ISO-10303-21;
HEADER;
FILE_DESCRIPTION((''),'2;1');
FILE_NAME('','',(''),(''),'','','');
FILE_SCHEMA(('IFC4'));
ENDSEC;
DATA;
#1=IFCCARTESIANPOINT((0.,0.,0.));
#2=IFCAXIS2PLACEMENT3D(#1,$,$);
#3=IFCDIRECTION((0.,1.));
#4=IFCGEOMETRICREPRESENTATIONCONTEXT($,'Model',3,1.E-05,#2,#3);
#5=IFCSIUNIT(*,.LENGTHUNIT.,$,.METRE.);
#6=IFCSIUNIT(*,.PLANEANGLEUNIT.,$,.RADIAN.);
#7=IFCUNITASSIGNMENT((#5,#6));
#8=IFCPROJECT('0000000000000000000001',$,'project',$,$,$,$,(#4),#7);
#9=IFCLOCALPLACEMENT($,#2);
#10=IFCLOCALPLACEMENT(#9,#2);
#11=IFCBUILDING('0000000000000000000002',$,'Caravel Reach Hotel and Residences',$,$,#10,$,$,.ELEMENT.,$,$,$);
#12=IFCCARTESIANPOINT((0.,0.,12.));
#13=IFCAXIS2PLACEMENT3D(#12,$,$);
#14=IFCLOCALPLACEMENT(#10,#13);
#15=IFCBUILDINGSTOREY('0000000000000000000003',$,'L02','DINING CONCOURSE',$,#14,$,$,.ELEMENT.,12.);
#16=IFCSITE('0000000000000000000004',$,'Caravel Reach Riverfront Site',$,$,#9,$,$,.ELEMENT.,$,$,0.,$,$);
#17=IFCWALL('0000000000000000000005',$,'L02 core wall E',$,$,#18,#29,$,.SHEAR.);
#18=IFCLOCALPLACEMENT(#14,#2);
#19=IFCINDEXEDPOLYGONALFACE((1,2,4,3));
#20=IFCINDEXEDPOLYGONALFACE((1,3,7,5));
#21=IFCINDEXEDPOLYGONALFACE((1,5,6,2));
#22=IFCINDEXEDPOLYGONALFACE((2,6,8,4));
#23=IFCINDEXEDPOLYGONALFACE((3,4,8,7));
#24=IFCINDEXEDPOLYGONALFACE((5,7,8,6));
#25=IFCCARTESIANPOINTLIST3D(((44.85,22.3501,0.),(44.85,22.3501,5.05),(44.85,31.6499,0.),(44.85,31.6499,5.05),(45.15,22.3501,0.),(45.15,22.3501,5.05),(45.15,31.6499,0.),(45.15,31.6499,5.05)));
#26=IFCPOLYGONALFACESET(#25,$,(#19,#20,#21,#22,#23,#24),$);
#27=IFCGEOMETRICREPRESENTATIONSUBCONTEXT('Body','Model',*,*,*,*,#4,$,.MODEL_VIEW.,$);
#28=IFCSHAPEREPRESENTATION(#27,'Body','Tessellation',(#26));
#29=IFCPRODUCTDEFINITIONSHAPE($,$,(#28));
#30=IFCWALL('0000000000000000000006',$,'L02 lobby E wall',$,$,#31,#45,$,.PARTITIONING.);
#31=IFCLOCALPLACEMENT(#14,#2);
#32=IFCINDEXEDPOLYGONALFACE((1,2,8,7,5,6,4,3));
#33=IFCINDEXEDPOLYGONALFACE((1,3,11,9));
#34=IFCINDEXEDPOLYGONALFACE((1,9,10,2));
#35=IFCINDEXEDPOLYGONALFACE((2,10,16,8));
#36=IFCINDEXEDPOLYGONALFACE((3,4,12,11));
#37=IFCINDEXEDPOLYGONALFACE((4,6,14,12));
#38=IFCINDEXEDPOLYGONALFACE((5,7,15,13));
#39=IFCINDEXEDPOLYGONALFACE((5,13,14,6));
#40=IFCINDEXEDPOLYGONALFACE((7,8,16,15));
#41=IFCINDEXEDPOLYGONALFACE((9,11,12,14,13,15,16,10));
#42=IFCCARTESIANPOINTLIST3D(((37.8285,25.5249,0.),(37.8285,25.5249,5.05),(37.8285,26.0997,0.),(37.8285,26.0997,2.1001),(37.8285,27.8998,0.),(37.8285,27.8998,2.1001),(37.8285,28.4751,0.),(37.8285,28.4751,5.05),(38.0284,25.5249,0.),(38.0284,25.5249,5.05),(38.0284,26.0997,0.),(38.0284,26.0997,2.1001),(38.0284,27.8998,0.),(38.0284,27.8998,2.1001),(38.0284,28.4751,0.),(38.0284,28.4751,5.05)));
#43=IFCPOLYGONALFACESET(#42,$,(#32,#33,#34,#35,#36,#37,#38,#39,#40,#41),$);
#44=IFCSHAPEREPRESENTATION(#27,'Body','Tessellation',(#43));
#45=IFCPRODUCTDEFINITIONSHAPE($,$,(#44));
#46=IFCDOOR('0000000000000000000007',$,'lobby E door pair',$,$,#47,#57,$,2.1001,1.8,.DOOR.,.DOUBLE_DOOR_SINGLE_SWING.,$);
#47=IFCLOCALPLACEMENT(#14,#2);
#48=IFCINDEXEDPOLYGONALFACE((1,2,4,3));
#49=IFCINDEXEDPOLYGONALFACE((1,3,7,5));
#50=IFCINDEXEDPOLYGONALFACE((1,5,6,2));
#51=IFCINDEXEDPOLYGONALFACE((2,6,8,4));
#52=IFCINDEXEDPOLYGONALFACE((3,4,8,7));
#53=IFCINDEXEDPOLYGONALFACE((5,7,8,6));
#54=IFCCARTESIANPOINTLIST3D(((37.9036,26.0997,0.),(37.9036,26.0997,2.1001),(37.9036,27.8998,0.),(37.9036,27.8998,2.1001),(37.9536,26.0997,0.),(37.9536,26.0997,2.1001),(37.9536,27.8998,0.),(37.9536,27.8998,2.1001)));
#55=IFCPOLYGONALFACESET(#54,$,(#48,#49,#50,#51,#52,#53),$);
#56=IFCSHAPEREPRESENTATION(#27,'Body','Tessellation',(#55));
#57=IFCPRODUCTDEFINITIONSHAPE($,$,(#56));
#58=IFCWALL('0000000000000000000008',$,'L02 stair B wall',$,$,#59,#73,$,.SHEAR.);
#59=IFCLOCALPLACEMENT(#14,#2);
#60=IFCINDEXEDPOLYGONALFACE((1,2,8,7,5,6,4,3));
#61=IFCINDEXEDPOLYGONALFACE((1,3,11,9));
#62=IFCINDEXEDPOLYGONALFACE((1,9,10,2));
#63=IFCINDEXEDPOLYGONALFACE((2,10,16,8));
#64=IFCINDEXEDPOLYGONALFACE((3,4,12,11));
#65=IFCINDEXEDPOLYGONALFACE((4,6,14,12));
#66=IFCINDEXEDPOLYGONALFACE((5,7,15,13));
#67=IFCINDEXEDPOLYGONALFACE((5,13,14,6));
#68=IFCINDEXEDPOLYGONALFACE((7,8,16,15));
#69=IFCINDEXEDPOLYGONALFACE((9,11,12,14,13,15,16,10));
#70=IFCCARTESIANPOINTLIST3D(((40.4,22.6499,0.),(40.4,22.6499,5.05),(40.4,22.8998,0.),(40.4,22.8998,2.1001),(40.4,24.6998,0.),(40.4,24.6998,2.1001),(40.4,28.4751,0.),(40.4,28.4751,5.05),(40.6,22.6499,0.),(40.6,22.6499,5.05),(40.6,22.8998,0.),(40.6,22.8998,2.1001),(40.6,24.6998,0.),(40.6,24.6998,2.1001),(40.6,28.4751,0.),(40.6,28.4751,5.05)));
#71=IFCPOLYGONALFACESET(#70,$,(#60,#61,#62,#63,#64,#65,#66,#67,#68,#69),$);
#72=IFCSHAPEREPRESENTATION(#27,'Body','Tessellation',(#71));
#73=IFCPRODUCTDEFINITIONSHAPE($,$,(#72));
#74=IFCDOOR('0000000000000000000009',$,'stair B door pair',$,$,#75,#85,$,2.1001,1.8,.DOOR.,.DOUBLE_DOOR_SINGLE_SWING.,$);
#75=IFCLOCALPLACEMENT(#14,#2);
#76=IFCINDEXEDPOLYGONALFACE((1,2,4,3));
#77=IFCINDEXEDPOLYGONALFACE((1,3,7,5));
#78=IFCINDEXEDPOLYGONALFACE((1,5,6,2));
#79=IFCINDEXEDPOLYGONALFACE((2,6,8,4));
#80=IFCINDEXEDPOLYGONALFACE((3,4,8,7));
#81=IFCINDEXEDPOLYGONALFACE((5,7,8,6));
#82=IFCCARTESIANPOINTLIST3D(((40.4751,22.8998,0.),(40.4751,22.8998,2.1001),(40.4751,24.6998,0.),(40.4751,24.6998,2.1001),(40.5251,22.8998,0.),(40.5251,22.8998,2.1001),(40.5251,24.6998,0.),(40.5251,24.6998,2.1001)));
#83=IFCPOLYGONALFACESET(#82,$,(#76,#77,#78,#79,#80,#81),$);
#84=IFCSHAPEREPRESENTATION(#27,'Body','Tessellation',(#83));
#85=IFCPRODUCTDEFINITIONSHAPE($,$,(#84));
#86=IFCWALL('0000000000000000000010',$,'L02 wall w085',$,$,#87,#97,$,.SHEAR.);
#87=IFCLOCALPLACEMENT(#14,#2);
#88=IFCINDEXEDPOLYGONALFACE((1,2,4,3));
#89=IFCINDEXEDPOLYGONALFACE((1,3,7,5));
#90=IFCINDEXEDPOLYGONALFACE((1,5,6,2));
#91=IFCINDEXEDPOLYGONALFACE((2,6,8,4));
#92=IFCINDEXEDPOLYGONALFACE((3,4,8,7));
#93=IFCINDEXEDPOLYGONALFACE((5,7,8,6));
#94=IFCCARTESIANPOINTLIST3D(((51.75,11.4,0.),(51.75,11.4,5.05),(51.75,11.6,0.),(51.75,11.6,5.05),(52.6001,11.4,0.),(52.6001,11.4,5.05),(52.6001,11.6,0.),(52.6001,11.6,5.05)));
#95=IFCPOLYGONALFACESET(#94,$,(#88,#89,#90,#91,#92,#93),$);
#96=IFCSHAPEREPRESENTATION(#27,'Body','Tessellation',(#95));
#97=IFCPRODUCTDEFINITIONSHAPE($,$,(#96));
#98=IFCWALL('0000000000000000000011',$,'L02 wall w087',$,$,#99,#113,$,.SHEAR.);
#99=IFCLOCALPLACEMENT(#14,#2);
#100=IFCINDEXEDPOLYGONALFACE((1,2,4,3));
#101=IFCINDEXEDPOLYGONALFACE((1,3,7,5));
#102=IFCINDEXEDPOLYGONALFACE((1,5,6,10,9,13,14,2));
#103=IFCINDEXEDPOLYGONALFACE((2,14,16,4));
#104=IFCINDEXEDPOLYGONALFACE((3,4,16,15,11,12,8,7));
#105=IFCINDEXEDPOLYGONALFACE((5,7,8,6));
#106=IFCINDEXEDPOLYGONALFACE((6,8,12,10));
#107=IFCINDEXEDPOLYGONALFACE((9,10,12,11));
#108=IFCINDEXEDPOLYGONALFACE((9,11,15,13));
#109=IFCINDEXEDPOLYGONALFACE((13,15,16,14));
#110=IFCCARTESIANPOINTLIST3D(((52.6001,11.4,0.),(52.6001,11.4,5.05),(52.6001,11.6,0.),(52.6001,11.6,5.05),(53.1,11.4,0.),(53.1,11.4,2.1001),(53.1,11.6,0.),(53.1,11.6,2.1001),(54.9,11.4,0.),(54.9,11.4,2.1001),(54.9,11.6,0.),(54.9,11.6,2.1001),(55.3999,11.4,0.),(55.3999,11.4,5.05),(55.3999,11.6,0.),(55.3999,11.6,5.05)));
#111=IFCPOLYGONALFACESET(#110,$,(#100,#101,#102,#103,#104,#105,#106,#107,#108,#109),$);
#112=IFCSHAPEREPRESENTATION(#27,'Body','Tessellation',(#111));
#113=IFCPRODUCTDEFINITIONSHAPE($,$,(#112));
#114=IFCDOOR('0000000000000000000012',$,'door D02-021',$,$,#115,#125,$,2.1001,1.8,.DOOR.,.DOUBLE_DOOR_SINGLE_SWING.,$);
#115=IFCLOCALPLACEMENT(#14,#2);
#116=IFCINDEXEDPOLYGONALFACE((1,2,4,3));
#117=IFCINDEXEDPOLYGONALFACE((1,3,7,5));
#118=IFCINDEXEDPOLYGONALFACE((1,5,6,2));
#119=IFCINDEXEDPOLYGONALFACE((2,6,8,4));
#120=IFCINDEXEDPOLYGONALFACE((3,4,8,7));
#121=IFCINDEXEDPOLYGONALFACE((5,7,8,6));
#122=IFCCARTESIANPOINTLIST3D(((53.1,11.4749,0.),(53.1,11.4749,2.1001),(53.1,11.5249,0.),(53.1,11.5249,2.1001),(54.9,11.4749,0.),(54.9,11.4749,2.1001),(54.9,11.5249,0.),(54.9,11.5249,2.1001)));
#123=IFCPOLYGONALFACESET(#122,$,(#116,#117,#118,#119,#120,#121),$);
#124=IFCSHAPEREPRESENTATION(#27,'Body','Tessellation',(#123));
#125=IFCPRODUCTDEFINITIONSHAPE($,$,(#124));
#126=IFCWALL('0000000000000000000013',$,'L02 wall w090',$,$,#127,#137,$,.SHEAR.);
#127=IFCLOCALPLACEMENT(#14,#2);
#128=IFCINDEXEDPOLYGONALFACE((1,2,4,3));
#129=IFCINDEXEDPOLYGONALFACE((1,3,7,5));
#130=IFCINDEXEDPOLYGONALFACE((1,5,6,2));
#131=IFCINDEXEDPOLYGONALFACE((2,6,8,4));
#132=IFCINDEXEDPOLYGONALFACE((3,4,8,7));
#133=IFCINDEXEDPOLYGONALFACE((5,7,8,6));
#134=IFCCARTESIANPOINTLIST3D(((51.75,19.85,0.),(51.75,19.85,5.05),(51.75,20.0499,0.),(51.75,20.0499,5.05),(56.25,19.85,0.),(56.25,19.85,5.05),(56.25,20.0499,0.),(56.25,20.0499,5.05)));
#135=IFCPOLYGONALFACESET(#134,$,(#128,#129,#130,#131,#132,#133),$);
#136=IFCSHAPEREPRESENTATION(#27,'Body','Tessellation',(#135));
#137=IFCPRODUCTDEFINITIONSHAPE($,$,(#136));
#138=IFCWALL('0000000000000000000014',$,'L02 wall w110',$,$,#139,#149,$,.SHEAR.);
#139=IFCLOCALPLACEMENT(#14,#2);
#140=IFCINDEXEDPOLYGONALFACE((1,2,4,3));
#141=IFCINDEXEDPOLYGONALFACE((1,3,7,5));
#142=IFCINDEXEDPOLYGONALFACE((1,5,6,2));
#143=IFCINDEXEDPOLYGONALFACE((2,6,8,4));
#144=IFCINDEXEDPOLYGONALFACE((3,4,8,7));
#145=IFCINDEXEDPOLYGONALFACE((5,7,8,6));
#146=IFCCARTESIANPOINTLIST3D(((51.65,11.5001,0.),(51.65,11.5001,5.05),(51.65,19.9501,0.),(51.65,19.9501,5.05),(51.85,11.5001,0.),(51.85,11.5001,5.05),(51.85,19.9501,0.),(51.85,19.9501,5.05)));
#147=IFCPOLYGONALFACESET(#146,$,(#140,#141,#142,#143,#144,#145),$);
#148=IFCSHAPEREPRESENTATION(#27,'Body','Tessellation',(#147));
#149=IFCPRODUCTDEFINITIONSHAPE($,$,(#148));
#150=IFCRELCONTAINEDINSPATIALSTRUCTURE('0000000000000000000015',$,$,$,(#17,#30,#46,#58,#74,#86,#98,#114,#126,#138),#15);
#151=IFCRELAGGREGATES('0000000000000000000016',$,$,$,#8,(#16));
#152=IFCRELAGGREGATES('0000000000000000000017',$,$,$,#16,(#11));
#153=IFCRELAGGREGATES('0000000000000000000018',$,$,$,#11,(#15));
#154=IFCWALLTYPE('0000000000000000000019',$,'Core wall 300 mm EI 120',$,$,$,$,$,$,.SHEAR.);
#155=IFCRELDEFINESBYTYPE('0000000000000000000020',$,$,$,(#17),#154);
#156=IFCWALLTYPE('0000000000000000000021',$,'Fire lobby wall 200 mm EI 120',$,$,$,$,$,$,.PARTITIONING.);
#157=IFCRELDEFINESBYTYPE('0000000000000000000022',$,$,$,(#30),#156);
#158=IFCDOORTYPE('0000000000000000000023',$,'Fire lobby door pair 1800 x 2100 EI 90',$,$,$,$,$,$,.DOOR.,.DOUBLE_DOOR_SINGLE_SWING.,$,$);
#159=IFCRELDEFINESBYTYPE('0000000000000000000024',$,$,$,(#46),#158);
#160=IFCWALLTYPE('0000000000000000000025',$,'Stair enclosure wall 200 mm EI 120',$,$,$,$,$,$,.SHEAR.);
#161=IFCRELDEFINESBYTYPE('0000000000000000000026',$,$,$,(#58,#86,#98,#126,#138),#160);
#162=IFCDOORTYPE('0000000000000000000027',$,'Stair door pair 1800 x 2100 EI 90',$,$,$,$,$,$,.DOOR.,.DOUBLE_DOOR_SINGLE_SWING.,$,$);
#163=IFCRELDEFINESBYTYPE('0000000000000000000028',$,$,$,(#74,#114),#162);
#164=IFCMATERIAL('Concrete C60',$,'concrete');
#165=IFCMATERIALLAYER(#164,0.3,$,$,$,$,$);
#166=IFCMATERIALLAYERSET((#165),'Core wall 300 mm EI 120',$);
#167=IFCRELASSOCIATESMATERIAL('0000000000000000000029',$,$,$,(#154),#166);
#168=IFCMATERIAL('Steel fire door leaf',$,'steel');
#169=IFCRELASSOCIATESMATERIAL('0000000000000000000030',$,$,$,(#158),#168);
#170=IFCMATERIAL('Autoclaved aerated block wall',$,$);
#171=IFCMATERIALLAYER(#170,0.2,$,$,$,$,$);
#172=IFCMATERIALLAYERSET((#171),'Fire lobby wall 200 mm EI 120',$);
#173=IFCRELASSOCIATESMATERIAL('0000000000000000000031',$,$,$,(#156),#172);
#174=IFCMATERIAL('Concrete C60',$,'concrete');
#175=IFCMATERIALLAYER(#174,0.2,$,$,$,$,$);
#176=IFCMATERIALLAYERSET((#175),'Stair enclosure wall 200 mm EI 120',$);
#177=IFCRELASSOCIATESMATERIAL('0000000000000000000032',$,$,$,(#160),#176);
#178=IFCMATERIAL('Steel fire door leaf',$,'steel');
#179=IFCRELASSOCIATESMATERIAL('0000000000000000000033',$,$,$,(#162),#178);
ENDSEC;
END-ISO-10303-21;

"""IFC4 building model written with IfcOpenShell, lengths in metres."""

from ifc_helpers import new_model, si_unit, direction, frame, frame_2d, origin, place, context, subcontext, project, spatial, rectangle, extrude, material, layer, layer_set, type_object, element, fill, save


model = new_model("IFC4")

# Units and contexts
model_context = context("Model", 3, precision=1e-05, world=origin(), true_north=direction((0.0, 1.0)))
body_context = subcontext(model_context, "Body", "Model", "MODEL_VIEW")
ifc_project = project(units=[si_unit("LENGTHUNIT", "METRE"), si_unit("PLANEANGLEUNIT", "RADIAN")], contexts=[model_context])

# Site, building, storey
site_placement = place(None, origin())
site = spatial("IfcSite", under=ifc_project, at=site_placement, Name="Caravel Reach Riverfront Site", CompositionType="ELEMENT", RefElevation=0.0)
building_placement = place(site_placement, origin())
building = spatial("IfcBuilding", under=site, at=building_placement, Name="Caravel Reach Hotel and Residences", CompositionType="ELEMENT")
storey_placement = place(building_placement, frame((0.0, 0.0, 12.0)))
storey = spatial("IfcBuildingStorey", under=building, at=storey_placement, Name="L02", Description="DINING CONCOURSE", CompositionType="ELEMENT", Elevation=12.0)

# Shared definitions
ifc_material_1 = material(Name="Concrete C60", Category="concrete")
ifc_layer_1 = layer(ifc_material_1, 0.3)
ifc_layer_set_1 = layer_set([ifc_layer_1], Name="Core wall 300 mm EI 120")
wall_type_1 = type_object("IfcWallType", Name="Core wall 300 mm EI 120", PredefinedType="SHEAR", material=ifc_layer_set_1)
ifc_material_2 = material(Name="Steel fire door leaf", Category="steel")
door_type_1 = type_object("IfcDoorType", Name="Fire lobby door pair 1800 x 2100 EI 90", OperationType="DOUBLE_DOOR_SINGLE_SWING", PredefinedType="DOOR", material=ifc_material_2)

# Wall
wall_1_placement = place(storey_placement, frame((45.0, 22.3501, 0.0), z_axis=(0.0, 0.0, 1.0), x_axis=(0.0, 1.0, 0.0)))
element("IfcWall", 1, at=wall_1_placement, inside=storey, type_object=wall_type_1, Name="L02 core wall E", PredefinedType="SHEAR", context=body_context, shape_type="SweptSolid", body=[
    extrude(rectangle(XDim=9.2998, YDim=0.3, at=frame_2d((4.6499, 0.0))), origin(), (0.0, 0.0, 1.0), 5.05),
])

# Walls, openings, doors
ifc_material_3 = material(Name="Autoclaved aerated block wall")
ifc_layer_2 = layer(ifc_material_3, 0.2)
ifc_layer_set_2 = layer_set([ifc_layer_2], Name="Fire lobby wall 200 mm EI 120")
wall_type_2 = type_object("IfcWallType", Name="Fire lobby wall 200 mm EI 120", PredefinedType="PARTITIONING", material=ifc_layer_set_2)
wall_2_placement = place(storey_placement, frame((37.9285, 25.5249, 0.0), z_axis=(0.0, 0.0, 1.0), x_axis=(0.0, 1.0, 0.0)))
wall_2 = element("IfcWall", 2, at=wall_2_placement, inside=storey, type_object=wall_type_2, Name="L02 lobby E wall", PredefinedType="PARTITIONING", context=body_context, shape_type="SweptSolid", body=[
    extrude(rectangle(XDim=2.9502, YDim=0.2, at=frame_2d((1.4751, 0.0))), origin(), (0.0, 0.0, 1.0), 5.05),
])
opening_1_placement = place(wall_2_placement, frame((0.575, 0.0, 0.0)))
opening_1 = element("IfcOpeningElement", 3, at=opening_1_placement, cuts=wall_2, PredefinedType="OPENING", context=body_context, shape_type="SweptSolid", body=[
    extrude(rectangle(XDim=1.8, YDim=2.1001, at=frame_2d((0.8999, 1.05))), frame((0.0, 0.1099, 0.0), z_axis=(0.0, -1.0, 0.0), x_axis=(1.0, 0.0, 0.0)), (0.0, 0.0, 1.0), 0.22),
])
door_1_placement = place(opening_1_placement, origin())
door_1 = element("IfcDoor", 4, at=door_1_placement, inside=storey, type_object=door_type_1, Name="lobby E door pair", OperationType="DOUBLE_DOOR_SINGLE_SWING", OverallHeight=2.1001, OverallWidth=1.8, PredefinedType="DOOR", context=body_context, shape_type="SweptSolid", body=[
    extrude(rectangle(XDim=1.8, YDim=2.1001, at=frame_2d((0.8999, 1.05))), frame((0.0, 0.0249, 0.0), z_axis=(0.0, -1.0, 0.0), x_axis=(1.0, 0.0, 0.0)), (0.0, 0.0, 1.0), 0.05),
])
fill(opening_1, door_1)
ifc_material_4 = material(Name="Concrete C60", Category="concrete")
ifc_layer_3 = layer(ifc_material_4, 0.2)
ifc_layer_set_3 = layer_set([ifc_layer_3], Name="Stair enclosure wall 200 mm EI 120")
wall_type_3 = type_object("IfcWallType", Name="Stair enclosure wall 200 mm EI 120", PredefinedType="SHEAR", material=ifc_layer_set_3)
wall_3_placement = place(storey_placement, frame((40.5, 22.6499, 0.0), z_axis=(0.0, 0.0, 1.0), x_axis=(0.0, 1.0, 0.0)))
wall_3 = element("IfcWall", 5, at=wall_3_placement, inside=storey, type_object=wall_type_3, Name="L02 stair B wall", PredefinedType="SHEAR", context=body_context, shape_type="SweptSolid", body=[
    extrude(rectangle(XDim=5.8252, YDim=0.2, at=frame_2d((2.9126, 0.0))), origin(), (0.0, 0.0, 1.0), 5.05),
])
opening_2_placement = place(wall_3_placement, frame((0.25, 0.0, 0.0)))
opening_2 = element("IfcOpeningElement", 6, at=opening_2_placement, cuts=wall_3, PredefinedType="OPENING", context=body_context, shape_type="SweptSolid", body=[
    extrude(rectangle(XDim=1.8, YDim=2.1001, at=frame_2d((0.8999, 1.05))), frame((0.0, 0.1099, 0.0), z_axis=(0.0, -1.0, 0.0), x_axis=(1.0, 0.0, 0.0)), (0.0, 0.0, 1.0), 0.22),
])
ifc_material_5 = material(Name="Steel fire door leaf", Category="steel")
door_type_2 = type_object("IfcDoorType", Name="Stair door pair 1800 x 2100 EI 90", OperationType="DOUBLE_DOOR_SINGLE_SWING", PredefinedType="DOOR", material=ifc_material_5)
door_2_placement = place(opening_2_placement, origin())
door_2 = element("IfcDoor", 7, at=door_2_placement, inside=storey, type_object=door_type_2, Name="stair B door pair", OperationType="DOUBLE_DOOR_SINGLE_SWING", OverallHeight=2.1001, OverallWidth=1.8, PredefinedType="DOOR", context=body_context, shape_type="SweptSolid", body=[
    extrude(rectangle(XDim=1.8, YDim=2.1001, at=frame_2d((0.8999, 1.05))), frame((0.0, 0.0249, 0.0), z_axis=(0.0, -1.0, 0.0), x_axis=(1.0, 0.0, 0.0)), (0.0, 0.0, 1.0), 0.05),
])
fill(opening_2, door_2)

# Wall
wall_4_placement = place(storey_placement, frame((51.75, 11.5, 0.0), z_axis=(0.0, 0.0, 1.0), x_axis=(1.0, 0.0, 0.0)))
element("IfcWall", 8, at=wall_4_placement, inside=storey, type_object=wall_type_3, Name="L02 wall w085", PredefinedType="SHEAR", context=body_context, shape_type="SweptSolid", body=[
    extrude(rectangle(XDim=0.8501, YDim=0.2, at=frame_2d((0.425, 0.0))), origin(), (0.0, 0.0, 1.0), 5.05),
])

# Wall, opening, door
wall_5_placement = place(storey_placement, frame((52.6001, 11.5, 0.0), z_axis=(0.0, 0.0, 1.0), x_axis=(1.0, 0.0, 0.0)))
wall_5 = element("IfcWall", 9, at=wall_5_placement, inside=storey, type_object=wall_type_3, Name="L02 wall w087", PredefinedType="SHEAR", context=body_context, shape_type="SweptSolid", body=[
    extrude(rectangle(XDim=2.7998, YDim=0.2, at=frame_2d((1.3999, 0.0))), origin(), (0.0, 0.0, 1.0), 5.05),
])
opening_3_placement = place(wall_5_placement, frame((0.5, 0.0, 0.0)))
opening_3 = element("IfcOpeningElement", 10, at=opening_3_placement, cuts=wall_5, PredefinedType="OPENING", context=body_context, shape_type="SweptSolid", body=[
    extrude(rectangle(XDim=1.8, YDim=2.1001, at=frame_2d((0.8999, 1.05))), frame((0.0, 0.1099, 0.0), z_axis=(0.0, -1.0, 0.0), x_axis=(1.0, 0.0, 0.0)), (0.0, 0.0, 1.0), 0.22),
])
door_3_placement = place(opening_3_placement, origin())
door_3 = element("IfcDoor", 11, at=door_3_placement, inside=storey, type_object=door_type_2, Name="door D02-021", OperationType="DOUBLE_DOOR_SINGLE_SWING", OverallHeight=2.1001, OverallWidth=1.8, PredefinedType="DOOR", context=body_context, shape_type="SweptSolid", body=[
    extrude(rectangle(XDim=1.8, YDim=2.1001, at=frame_2d((0.8999, 1.05))), frame((0.0, 0.0249, 0.0), z_axis=(0.0, -1.0, 0.0), x_axis=(1.0, 0.0, 0.0)), (0.0, 0.0, 1.0), 0.05),
])
fill(opening_3, door_3)

# Walls
wall_6_placement = place(storey_placement, frame((51.75, 19.95, 0.0), z_axis=(0.0, 0.0, 1.0), x_axis=(1.0, 0.0, 0.0)))
element("IfcWall", 12, at=wall_6_placement, inside=storey, type_object=wall_type_3, Name="L02 wall w090", PredefinedType="SHEAR", context=body_context, shape_type="SweptSolid", body=[
    extrude(rectangle(XDim=4.5, YDim=0.2, at=frame_2d((2.25, 0.0))), origin(), (0.0, 0.0, 1.0), 5.05),
])
wall_7_placement = place(storey_placement, frame((51.75, 11.5, 0.0), z_axis=(0.0, 0.0, 1.0), x_axis=(0.0, 1.0, 0.0)))
element("IfcWall", 13, at=wall_7_placement, inside=storey, type_object=wall_type_3, Name="L02 wall w110", PredefinedType="SHEAR", context=body_context, shape_type="SweptSolid", body=[
    extrude(rectangle(XDim=8.45, YDim=0.2, at=frame_2d((4.2251, 0.0))), origin(), (0.0, 0.0, 1.0), 5.05),
])

save(model, "model.ifc")
